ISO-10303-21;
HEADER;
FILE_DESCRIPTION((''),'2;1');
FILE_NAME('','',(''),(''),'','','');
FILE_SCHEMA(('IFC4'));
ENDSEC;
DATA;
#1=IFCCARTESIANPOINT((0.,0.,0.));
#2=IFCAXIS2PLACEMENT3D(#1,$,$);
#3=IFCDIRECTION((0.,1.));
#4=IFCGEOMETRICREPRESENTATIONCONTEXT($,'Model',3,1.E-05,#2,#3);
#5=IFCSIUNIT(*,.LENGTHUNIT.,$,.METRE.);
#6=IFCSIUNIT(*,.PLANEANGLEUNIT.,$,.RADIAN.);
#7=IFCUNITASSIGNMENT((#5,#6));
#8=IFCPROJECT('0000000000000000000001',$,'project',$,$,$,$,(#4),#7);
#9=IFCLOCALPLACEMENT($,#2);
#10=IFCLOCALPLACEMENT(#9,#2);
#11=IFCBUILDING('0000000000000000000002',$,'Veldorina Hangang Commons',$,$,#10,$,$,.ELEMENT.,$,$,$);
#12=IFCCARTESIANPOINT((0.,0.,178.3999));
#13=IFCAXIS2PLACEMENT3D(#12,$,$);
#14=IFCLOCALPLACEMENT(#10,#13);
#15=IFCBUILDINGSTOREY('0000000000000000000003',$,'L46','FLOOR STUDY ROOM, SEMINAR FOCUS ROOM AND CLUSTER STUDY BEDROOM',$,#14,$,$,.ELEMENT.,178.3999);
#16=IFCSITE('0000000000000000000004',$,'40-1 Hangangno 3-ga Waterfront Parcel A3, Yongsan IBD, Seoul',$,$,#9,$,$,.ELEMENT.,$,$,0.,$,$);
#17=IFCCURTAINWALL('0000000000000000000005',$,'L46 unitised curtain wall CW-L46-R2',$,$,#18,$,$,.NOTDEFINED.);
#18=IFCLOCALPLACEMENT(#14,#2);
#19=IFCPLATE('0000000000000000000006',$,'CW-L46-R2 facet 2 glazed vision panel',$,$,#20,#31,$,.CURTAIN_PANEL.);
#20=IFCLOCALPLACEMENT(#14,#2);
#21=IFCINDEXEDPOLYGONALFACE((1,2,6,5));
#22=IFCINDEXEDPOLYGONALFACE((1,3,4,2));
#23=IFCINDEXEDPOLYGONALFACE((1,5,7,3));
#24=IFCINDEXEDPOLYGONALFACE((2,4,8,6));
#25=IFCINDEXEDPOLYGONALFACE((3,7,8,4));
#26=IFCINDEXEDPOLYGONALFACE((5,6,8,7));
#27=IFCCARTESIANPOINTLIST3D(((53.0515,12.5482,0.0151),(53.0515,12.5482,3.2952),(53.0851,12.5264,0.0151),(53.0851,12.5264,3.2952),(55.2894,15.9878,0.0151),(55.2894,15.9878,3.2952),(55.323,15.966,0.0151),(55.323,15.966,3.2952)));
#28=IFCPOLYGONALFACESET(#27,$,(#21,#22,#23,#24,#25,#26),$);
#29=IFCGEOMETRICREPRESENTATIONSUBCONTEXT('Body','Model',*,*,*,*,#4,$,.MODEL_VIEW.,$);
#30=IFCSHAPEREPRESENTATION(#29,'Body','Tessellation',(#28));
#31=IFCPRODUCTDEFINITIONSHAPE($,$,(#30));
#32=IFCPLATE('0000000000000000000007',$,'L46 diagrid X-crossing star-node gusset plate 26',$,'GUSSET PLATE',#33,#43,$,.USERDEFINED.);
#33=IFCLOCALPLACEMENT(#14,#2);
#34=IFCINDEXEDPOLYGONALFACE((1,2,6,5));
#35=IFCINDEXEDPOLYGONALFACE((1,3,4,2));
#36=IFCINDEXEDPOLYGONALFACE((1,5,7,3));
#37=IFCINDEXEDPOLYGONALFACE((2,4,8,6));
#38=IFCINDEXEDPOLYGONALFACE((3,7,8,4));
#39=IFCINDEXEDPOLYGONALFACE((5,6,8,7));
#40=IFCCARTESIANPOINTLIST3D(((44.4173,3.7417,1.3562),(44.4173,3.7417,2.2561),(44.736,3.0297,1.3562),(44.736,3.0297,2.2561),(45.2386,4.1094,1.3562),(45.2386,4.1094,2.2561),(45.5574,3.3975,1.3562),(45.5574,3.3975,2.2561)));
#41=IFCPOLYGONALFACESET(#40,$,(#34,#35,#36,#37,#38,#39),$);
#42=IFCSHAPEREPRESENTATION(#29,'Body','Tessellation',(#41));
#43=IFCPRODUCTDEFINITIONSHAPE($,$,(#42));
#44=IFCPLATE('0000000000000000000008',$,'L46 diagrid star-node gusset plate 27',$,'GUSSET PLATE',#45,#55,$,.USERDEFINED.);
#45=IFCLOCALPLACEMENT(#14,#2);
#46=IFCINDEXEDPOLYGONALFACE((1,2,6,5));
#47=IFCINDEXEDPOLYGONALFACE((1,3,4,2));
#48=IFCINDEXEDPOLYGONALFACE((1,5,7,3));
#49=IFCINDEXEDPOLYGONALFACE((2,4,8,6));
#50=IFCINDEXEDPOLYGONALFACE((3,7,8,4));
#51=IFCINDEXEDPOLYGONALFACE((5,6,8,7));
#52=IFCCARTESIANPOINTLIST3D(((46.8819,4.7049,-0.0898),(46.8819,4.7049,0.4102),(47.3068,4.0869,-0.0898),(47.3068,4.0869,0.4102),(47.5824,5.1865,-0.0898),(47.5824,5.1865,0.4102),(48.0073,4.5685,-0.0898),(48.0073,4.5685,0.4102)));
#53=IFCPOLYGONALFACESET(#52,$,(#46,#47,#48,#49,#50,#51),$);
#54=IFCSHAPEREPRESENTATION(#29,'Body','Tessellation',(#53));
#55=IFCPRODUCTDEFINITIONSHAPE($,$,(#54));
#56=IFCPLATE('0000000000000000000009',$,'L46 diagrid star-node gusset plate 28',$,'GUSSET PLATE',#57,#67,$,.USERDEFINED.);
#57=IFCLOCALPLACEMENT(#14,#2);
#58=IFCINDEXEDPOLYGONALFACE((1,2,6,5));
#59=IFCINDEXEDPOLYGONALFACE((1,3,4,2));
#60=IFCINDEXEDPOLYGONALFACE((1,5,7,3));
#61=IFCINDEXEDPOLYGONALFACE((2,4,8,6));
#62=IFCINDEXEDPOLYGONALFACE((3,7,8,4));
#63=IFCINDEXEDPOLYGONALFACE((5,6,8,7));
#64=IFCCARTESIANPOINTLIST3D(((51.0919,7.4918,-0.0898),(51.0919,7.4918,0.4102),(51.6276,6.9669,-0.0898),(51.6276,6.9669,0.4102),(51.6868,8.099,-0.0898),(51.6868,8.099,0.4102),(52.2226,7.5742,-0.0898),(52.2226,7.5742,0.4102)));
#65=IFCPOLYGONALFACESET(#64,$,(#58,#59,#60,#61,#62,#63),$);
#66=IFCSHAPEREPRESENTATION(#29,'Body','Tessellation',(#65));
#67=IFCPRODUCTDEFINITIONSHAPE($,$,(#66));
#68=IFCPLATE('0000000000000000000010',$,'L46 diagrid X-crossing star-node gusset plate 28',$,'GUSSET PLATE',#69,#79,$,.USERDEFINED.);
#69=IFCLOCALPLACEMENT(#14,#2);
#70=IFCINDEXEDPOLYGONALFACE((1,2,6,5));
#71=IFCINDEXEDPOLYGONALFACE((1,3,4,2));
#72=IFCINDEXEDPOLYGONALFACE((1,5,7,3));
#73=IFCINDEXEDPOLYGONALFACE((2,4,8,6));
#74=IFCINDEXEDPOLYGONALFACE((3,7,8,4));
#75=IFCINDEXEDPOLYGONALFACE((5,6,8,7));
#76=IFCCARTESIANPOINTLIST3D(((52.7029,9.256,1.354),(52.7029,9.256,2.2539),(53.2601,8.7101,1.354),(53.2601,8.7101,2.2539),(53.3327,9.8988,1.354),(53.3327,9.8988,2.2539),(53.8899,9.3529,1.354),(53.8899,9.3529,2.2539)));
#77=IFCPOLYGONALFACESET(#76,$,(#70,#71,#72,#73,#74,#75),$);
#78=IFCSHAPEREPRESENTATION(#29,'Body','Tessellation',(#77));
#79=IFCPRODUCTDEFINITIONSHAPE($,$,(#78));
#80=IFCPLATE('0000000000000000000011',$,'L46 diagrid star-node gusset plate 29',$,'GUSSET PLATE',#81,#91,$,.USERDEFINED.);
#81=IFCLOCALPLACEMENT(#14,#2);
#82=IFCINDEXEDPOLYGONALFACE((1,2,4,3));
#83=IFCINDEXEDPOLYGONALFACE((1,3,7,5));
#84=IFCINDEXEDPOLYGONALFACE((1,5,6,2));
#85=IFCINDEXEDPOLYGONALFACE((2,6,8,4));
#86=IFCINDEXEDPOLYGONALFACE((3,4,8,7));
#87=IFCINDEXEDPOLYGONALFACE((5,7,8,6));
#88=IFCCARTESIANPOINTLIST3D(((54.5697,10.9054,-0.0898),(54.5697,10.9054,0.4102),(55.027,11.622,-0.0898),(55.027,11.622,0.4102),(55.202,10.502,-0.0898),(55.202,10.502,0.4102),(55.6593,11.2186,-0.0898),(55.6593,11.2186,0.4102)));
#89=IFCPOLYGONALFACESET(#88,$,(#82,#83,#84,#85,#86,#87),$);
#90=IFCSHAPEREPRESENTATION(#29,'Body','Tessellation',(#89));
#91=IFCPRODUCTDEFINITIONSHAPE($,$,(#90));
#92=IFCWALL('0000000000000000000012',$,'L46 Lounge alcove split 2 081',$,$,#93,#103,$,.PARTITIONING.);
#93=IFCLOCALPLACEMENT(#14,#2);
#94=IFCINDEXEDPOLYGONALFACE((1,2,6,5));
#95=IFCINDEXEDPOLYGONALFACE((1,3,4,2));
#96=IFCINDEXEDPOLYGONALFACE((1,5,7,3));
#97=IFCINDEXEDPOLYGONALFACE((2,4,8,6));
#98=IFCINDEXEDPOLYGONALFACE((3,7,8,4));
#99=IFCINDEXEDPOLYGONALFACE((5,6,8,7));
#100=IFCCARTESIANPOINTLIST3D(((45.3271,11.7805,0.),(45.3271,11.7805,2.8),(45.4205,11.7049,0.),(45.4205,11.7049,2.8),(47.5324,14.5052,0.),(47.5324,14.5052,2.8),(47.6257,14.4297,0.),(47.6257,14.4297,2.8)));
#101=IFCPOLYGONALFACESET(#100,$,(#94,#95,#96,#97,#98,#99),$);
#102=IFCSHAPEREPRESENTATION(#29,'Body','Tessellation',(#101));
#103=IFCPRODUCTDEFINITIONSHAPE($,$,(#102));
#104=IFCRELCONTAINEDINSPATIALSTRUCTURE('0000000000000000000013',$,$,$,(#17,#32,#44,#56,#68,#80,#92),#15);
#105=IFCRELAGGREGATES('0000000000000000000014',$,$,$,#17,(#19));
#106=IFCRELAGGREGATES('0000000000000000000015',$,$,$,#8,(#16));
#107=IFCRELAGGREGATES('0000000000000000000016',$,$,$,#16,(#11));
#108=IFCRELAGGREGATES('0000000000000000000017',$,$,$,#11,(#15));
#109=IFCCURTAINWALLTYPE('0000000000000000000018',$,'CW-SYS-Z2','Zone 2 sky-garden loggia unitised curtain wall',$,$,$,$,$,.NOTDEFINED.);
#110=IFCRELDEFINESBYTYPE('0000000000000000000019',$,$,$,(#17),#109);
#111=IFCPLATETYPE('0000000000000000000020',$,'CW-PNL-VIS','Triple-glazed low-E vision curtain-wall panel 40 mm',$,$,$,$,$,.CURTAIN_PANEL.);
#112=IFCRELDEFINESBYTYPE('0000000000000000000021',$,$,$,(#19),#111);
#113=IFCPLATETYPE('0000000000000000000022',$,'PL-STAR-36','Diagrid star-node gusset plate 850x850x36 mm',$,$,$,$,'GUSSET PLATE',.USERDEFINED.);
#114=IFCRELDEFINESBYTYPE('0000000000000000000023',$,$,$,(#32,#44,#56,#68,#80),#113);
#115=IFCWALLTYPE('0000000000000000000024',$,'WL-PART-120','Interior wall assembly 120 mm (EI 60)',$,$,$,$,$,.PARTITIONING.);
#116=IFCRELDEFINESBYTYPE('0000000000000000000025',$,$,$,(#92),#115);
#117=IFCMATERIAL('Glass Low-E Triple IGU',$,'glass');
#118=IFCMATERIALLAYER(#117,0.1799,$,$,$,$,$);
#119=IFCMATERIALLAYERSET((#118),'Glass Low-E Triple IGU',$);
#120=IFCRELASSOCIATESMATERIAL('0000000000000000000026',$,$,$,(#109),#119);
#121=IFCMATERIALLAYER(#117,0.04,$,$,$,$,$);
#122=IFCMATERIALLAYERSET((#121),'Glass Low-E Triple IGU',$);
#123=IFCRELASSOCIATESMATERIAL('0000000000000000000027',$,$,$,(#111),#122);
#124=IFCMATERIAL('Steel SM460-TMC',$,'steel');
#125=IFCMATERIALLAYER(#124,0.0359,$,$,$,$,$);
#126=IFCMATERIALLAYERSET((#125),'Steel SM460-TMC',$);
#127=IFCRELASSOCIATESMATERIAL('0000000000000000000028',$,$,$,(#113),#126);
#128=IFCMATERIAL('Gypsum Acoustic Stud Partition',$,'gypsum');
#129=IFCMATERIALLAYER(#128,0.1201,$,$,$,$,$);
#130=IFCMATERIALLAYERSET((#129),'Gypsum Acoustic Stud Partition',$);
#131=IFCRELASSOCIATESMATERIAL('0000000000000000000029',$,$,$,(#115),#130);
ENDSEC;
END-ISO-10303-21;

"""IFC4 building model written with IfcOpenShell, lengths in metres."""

from ifc_helpers import new_model, si_unit, direction, frame, frame_2d, origin, origin_2d, place, context, subcontext, project, spatial, rectangle, extrude, material, layer, layer_set, type_object, element, aggregate, save


model = new_model("IFC4")

# Units and contexts
model_context = context("Model", 3, precision=1e-05, world=origin(), true_north=direction((0.0, 1.0)))
body_context = subcontext(model_context, "Body", "Model", "MODEL_VIEW")
ifc_project = project(units=[si_unit("LENGTHUNIT", "METRE"), si_unit("PLANEANGLEUNIT", "RADIAN")], contexts=[model_context])

# Site, building, storey
site_placement = place(None, origin())
site = spatial("IfcSite", under=ifc_project, at=site_placement, Name="40-1 Hangangno 3-ga Waterfront Parcel A3, Yongsan IBD, Seoul", CompositionType="ELEMENT", RefElevation=0.0)
building_placement = place(site_placement, origin())
building = spatial("IfcBuilding", under=site, at=building_placement, Name="Veldorina Hangang Commons", CompositionType="ELEMENT")
storey_placement = place(building_placement, frame((0.0, 0.0, 178.3999)))
storey = spatial("IfcBuildingStorey", under=building, at=storey_placement, Name="L46", Description="FLOOR STUDY ROOM, SEMINAR FOCUS ROOM AND CLUSTER STUDY BEDROOM", CompositionType="ELEMENT", Elevation=178.3999)

# Shared definitions
ifc_material_1 = material(Name="Glass Low-E Triple IGU", Category="glass")
ifc_layer_1 = layer(ifc_material_1, 0.1799)
ifc_layer_set_1 = layer_set([ifc_layer_1], Name="Glass Low-E Triple IGU")
curtain_wall_type = type_object("IfcCurtainWallType", Name="CW-SYS-Z2", Description="Zone 2 sky-garden loggia unitised curtain wall", PredefinedType="NOTDEFINED", material=ifc_layer_set_1)

# Curtain wall
curtain_wall_1_placement = place(storey_placement, origin())
curtain_wall_1 = element("IfcCurtainWall", 1, at=curtain_wall_1_placement, inside=storey, type_object=curtain_wall_type, Name="L46 unitised curtain wall CW-L46-R2", PredefinedType="NOTDEFINED")

# Plate
ifc_layer_2 = layer(ifc_material_1, 0.04)
ifc_layer_set_2 = layer_set([ifc_layer_2], Name="Glass Low-E Triple IGU")
plate_type_1 = type_object("IfcPlateType", Name="CW-PNL-VIS", Description="Triple-glazed low-E vision curtain-wall panel 40 mm", PredefinedType="CURTAIN_PANEL", material=ifc_layer_set_2)
plate_1_placement = place(storey_placement, frame((54.1873, 14.2571, 0.0151), z_axis=(0.0, 0.0, 1.0), x_axis=(0.545356, 0.838204, 0.0)))
plate_1 = element("IfcPlate", 2, at=plate_1_placement, type_object=plate_type_1, Name="CW-L46-R2 facet 2 glazed vision panel", PredefinedType="CURTAIN_PANEL", context=body_context, shape_type="SweptSolid", body=[
    extrude(rectangle(XDim=4.1035, YDim=0.04, at=origin_2d()), origin(), (0.0, 0.0, 1.0), 3.28),
])
aggregate(curtain_wall_1, [plate_1])

# Plates
ifc_material_2 = material(Name="Steel SM460-TMC", Category="steel")
ifc_layer_3 = layer(ifc_material_2, 0.0359)
ifc_layer_set_3 = layer_set([ifc_layer_3], Name="Steel SM460-TMC")
plate_type_2 = type_object("IfcPlateType", Name="PL-STAR-36", Description="Diagrid star-node gusset plate 850x850x36 mm", ElementType="GUSSET PLATE", PredefinedType="USERDEFINED", material=ifc_layer_set_3)
plate_2_placement = place(storey_placement, frame((44.9873, 3.5696, 1.3562), z_axis=(0.0, 0.0, 1.0), x_axis=(0.912684, 0.408665, 0.0)))
element("IfcPlate", 3, at=plate_2_placement, inside=storey, type_object=plate_type_2, Name="L46 diagrid X-crossing star-node gusset plate 26", ObjectType="GUSSET PLATE", PredefinedType="USERDEFINED", context=body_context, shape_type="SweptSolid", body=[
    extrude(rectangle(XDim=0.8999, YDim=0.78, at=origin_2d()), origin(), (0.0, 0.0, 1.0), 0.8999),
])
for number, where, z_axis, x_axis, name in (
    (4, (47.4446, 4.6367, -0.0898), (0.0, 0.0, 1.0), (0.824037, 0.566536, 0.0), "L46 diagrid star-node gusset plate 27"),
    (5, (51.6572, 7.533, -0.0898), (0.0, 0.0, 1.0), (0.699813, 0.714326, 0.0), "L46 diagrid star-node gusset plate 28"),
):
    element("IfcPlate", number, at=place(storey_placement, frame(where, z_axis=z_axis, x_axis=x_axis)), inside=storey, type_object=plate_type_2, Name=name, ObjectType="GUSSET PLATE", PredefinedType="USERDEFINED", context=body_context, shape_type="SweptSolid", body=[
        extrude(rectangle(XDim=0.8501, YDim=0.75, at=origin_2d()), origin(), (0.0, 0.0, 1.0), 0.5),
    ])
plate_3_placement = place(storey_placement, frame((53.2964, 9.3044, 1.354), z_axis=(0.0, 0.0, 1.0), x_axis=(0.699813, 0.714326, 0.0)))
element("IfcPlate", 6, at=plate_3_placement, inside=storey, type_object=plate_type_2, Name="L46 diagrid X-crossing star-node gusset plate 28", ObjectType="GUSSET PLATE", PredefinedType="USERDEFINED", context=body_context, shape_type="SweptSolid", body=[
    extrude(rectangle(XDim=0.8999, YDim=0.78, at=origin_2d()), origin(), (0.0, 0.0, 1.0), 0.8999),
])
plate_4_placement = place(storey_placement, frame((55.1145, 11.062, -0.0898), z_axis=(0.0, 0.0, 1.0), x_axis=(0.537903, 0.843007, 0.0)))
element("IfcPlate", 7, at=plate_4_placement, inside=storey, type_object=plate_type_2, Name="L46 diagrid star-node gusset plate 29", ObjectType="GUSSET PLATE", PredefinedType="USERDEFINED", context=body_context, shape_type="SweptSolid", body=[
    extrude(rectangle(XDim=0.8501, YDim=0.75, at=origin_2d()), origin(), (0.0, 0.0, 1.0), 0.5),
])

# Wall
ifc_material_3 = material(Name="Gypsum Acoustic Stud Partition", Category="gypsum")
ifc_layer_4 = layer(ifc_material_3, 0.1201)
ifc_layer_set_4 = layer_set([ifc_layer_4], Name="Gypsum Acoustic Stud Partition")
wall_type_1 = type_object("IfcWallType", Name="WL-PART-120", Description="Interior wall assembly 120 mm (EI 60)", PredefinedType="PARTITIONING", material=ifc_layer_set_4)
wall_1_placement = place(storey_placement, frame((45.3738, 11.7427, 0.0), z_axis=(0.0, 0.0, 1.0), x_axis=(0.62911, 0.777316, 0.0)))
element("IfcWall", 8, at=wall_1_placement, inside=storey, type_object=wall_type_1, Name="L46 Lounge alcove split 2 081", PredefinedType="PARTITIONING", context=body_context, shape_type="SweptSolid", body=[
    extrude(rectangle(XDim=3.5054, YDim=0.1201, at=frame_2d((1.7527, 0.0))), origin(), (0.0, 0.0, 1.0), 2.8),
])

save(model, "model.ifc")
